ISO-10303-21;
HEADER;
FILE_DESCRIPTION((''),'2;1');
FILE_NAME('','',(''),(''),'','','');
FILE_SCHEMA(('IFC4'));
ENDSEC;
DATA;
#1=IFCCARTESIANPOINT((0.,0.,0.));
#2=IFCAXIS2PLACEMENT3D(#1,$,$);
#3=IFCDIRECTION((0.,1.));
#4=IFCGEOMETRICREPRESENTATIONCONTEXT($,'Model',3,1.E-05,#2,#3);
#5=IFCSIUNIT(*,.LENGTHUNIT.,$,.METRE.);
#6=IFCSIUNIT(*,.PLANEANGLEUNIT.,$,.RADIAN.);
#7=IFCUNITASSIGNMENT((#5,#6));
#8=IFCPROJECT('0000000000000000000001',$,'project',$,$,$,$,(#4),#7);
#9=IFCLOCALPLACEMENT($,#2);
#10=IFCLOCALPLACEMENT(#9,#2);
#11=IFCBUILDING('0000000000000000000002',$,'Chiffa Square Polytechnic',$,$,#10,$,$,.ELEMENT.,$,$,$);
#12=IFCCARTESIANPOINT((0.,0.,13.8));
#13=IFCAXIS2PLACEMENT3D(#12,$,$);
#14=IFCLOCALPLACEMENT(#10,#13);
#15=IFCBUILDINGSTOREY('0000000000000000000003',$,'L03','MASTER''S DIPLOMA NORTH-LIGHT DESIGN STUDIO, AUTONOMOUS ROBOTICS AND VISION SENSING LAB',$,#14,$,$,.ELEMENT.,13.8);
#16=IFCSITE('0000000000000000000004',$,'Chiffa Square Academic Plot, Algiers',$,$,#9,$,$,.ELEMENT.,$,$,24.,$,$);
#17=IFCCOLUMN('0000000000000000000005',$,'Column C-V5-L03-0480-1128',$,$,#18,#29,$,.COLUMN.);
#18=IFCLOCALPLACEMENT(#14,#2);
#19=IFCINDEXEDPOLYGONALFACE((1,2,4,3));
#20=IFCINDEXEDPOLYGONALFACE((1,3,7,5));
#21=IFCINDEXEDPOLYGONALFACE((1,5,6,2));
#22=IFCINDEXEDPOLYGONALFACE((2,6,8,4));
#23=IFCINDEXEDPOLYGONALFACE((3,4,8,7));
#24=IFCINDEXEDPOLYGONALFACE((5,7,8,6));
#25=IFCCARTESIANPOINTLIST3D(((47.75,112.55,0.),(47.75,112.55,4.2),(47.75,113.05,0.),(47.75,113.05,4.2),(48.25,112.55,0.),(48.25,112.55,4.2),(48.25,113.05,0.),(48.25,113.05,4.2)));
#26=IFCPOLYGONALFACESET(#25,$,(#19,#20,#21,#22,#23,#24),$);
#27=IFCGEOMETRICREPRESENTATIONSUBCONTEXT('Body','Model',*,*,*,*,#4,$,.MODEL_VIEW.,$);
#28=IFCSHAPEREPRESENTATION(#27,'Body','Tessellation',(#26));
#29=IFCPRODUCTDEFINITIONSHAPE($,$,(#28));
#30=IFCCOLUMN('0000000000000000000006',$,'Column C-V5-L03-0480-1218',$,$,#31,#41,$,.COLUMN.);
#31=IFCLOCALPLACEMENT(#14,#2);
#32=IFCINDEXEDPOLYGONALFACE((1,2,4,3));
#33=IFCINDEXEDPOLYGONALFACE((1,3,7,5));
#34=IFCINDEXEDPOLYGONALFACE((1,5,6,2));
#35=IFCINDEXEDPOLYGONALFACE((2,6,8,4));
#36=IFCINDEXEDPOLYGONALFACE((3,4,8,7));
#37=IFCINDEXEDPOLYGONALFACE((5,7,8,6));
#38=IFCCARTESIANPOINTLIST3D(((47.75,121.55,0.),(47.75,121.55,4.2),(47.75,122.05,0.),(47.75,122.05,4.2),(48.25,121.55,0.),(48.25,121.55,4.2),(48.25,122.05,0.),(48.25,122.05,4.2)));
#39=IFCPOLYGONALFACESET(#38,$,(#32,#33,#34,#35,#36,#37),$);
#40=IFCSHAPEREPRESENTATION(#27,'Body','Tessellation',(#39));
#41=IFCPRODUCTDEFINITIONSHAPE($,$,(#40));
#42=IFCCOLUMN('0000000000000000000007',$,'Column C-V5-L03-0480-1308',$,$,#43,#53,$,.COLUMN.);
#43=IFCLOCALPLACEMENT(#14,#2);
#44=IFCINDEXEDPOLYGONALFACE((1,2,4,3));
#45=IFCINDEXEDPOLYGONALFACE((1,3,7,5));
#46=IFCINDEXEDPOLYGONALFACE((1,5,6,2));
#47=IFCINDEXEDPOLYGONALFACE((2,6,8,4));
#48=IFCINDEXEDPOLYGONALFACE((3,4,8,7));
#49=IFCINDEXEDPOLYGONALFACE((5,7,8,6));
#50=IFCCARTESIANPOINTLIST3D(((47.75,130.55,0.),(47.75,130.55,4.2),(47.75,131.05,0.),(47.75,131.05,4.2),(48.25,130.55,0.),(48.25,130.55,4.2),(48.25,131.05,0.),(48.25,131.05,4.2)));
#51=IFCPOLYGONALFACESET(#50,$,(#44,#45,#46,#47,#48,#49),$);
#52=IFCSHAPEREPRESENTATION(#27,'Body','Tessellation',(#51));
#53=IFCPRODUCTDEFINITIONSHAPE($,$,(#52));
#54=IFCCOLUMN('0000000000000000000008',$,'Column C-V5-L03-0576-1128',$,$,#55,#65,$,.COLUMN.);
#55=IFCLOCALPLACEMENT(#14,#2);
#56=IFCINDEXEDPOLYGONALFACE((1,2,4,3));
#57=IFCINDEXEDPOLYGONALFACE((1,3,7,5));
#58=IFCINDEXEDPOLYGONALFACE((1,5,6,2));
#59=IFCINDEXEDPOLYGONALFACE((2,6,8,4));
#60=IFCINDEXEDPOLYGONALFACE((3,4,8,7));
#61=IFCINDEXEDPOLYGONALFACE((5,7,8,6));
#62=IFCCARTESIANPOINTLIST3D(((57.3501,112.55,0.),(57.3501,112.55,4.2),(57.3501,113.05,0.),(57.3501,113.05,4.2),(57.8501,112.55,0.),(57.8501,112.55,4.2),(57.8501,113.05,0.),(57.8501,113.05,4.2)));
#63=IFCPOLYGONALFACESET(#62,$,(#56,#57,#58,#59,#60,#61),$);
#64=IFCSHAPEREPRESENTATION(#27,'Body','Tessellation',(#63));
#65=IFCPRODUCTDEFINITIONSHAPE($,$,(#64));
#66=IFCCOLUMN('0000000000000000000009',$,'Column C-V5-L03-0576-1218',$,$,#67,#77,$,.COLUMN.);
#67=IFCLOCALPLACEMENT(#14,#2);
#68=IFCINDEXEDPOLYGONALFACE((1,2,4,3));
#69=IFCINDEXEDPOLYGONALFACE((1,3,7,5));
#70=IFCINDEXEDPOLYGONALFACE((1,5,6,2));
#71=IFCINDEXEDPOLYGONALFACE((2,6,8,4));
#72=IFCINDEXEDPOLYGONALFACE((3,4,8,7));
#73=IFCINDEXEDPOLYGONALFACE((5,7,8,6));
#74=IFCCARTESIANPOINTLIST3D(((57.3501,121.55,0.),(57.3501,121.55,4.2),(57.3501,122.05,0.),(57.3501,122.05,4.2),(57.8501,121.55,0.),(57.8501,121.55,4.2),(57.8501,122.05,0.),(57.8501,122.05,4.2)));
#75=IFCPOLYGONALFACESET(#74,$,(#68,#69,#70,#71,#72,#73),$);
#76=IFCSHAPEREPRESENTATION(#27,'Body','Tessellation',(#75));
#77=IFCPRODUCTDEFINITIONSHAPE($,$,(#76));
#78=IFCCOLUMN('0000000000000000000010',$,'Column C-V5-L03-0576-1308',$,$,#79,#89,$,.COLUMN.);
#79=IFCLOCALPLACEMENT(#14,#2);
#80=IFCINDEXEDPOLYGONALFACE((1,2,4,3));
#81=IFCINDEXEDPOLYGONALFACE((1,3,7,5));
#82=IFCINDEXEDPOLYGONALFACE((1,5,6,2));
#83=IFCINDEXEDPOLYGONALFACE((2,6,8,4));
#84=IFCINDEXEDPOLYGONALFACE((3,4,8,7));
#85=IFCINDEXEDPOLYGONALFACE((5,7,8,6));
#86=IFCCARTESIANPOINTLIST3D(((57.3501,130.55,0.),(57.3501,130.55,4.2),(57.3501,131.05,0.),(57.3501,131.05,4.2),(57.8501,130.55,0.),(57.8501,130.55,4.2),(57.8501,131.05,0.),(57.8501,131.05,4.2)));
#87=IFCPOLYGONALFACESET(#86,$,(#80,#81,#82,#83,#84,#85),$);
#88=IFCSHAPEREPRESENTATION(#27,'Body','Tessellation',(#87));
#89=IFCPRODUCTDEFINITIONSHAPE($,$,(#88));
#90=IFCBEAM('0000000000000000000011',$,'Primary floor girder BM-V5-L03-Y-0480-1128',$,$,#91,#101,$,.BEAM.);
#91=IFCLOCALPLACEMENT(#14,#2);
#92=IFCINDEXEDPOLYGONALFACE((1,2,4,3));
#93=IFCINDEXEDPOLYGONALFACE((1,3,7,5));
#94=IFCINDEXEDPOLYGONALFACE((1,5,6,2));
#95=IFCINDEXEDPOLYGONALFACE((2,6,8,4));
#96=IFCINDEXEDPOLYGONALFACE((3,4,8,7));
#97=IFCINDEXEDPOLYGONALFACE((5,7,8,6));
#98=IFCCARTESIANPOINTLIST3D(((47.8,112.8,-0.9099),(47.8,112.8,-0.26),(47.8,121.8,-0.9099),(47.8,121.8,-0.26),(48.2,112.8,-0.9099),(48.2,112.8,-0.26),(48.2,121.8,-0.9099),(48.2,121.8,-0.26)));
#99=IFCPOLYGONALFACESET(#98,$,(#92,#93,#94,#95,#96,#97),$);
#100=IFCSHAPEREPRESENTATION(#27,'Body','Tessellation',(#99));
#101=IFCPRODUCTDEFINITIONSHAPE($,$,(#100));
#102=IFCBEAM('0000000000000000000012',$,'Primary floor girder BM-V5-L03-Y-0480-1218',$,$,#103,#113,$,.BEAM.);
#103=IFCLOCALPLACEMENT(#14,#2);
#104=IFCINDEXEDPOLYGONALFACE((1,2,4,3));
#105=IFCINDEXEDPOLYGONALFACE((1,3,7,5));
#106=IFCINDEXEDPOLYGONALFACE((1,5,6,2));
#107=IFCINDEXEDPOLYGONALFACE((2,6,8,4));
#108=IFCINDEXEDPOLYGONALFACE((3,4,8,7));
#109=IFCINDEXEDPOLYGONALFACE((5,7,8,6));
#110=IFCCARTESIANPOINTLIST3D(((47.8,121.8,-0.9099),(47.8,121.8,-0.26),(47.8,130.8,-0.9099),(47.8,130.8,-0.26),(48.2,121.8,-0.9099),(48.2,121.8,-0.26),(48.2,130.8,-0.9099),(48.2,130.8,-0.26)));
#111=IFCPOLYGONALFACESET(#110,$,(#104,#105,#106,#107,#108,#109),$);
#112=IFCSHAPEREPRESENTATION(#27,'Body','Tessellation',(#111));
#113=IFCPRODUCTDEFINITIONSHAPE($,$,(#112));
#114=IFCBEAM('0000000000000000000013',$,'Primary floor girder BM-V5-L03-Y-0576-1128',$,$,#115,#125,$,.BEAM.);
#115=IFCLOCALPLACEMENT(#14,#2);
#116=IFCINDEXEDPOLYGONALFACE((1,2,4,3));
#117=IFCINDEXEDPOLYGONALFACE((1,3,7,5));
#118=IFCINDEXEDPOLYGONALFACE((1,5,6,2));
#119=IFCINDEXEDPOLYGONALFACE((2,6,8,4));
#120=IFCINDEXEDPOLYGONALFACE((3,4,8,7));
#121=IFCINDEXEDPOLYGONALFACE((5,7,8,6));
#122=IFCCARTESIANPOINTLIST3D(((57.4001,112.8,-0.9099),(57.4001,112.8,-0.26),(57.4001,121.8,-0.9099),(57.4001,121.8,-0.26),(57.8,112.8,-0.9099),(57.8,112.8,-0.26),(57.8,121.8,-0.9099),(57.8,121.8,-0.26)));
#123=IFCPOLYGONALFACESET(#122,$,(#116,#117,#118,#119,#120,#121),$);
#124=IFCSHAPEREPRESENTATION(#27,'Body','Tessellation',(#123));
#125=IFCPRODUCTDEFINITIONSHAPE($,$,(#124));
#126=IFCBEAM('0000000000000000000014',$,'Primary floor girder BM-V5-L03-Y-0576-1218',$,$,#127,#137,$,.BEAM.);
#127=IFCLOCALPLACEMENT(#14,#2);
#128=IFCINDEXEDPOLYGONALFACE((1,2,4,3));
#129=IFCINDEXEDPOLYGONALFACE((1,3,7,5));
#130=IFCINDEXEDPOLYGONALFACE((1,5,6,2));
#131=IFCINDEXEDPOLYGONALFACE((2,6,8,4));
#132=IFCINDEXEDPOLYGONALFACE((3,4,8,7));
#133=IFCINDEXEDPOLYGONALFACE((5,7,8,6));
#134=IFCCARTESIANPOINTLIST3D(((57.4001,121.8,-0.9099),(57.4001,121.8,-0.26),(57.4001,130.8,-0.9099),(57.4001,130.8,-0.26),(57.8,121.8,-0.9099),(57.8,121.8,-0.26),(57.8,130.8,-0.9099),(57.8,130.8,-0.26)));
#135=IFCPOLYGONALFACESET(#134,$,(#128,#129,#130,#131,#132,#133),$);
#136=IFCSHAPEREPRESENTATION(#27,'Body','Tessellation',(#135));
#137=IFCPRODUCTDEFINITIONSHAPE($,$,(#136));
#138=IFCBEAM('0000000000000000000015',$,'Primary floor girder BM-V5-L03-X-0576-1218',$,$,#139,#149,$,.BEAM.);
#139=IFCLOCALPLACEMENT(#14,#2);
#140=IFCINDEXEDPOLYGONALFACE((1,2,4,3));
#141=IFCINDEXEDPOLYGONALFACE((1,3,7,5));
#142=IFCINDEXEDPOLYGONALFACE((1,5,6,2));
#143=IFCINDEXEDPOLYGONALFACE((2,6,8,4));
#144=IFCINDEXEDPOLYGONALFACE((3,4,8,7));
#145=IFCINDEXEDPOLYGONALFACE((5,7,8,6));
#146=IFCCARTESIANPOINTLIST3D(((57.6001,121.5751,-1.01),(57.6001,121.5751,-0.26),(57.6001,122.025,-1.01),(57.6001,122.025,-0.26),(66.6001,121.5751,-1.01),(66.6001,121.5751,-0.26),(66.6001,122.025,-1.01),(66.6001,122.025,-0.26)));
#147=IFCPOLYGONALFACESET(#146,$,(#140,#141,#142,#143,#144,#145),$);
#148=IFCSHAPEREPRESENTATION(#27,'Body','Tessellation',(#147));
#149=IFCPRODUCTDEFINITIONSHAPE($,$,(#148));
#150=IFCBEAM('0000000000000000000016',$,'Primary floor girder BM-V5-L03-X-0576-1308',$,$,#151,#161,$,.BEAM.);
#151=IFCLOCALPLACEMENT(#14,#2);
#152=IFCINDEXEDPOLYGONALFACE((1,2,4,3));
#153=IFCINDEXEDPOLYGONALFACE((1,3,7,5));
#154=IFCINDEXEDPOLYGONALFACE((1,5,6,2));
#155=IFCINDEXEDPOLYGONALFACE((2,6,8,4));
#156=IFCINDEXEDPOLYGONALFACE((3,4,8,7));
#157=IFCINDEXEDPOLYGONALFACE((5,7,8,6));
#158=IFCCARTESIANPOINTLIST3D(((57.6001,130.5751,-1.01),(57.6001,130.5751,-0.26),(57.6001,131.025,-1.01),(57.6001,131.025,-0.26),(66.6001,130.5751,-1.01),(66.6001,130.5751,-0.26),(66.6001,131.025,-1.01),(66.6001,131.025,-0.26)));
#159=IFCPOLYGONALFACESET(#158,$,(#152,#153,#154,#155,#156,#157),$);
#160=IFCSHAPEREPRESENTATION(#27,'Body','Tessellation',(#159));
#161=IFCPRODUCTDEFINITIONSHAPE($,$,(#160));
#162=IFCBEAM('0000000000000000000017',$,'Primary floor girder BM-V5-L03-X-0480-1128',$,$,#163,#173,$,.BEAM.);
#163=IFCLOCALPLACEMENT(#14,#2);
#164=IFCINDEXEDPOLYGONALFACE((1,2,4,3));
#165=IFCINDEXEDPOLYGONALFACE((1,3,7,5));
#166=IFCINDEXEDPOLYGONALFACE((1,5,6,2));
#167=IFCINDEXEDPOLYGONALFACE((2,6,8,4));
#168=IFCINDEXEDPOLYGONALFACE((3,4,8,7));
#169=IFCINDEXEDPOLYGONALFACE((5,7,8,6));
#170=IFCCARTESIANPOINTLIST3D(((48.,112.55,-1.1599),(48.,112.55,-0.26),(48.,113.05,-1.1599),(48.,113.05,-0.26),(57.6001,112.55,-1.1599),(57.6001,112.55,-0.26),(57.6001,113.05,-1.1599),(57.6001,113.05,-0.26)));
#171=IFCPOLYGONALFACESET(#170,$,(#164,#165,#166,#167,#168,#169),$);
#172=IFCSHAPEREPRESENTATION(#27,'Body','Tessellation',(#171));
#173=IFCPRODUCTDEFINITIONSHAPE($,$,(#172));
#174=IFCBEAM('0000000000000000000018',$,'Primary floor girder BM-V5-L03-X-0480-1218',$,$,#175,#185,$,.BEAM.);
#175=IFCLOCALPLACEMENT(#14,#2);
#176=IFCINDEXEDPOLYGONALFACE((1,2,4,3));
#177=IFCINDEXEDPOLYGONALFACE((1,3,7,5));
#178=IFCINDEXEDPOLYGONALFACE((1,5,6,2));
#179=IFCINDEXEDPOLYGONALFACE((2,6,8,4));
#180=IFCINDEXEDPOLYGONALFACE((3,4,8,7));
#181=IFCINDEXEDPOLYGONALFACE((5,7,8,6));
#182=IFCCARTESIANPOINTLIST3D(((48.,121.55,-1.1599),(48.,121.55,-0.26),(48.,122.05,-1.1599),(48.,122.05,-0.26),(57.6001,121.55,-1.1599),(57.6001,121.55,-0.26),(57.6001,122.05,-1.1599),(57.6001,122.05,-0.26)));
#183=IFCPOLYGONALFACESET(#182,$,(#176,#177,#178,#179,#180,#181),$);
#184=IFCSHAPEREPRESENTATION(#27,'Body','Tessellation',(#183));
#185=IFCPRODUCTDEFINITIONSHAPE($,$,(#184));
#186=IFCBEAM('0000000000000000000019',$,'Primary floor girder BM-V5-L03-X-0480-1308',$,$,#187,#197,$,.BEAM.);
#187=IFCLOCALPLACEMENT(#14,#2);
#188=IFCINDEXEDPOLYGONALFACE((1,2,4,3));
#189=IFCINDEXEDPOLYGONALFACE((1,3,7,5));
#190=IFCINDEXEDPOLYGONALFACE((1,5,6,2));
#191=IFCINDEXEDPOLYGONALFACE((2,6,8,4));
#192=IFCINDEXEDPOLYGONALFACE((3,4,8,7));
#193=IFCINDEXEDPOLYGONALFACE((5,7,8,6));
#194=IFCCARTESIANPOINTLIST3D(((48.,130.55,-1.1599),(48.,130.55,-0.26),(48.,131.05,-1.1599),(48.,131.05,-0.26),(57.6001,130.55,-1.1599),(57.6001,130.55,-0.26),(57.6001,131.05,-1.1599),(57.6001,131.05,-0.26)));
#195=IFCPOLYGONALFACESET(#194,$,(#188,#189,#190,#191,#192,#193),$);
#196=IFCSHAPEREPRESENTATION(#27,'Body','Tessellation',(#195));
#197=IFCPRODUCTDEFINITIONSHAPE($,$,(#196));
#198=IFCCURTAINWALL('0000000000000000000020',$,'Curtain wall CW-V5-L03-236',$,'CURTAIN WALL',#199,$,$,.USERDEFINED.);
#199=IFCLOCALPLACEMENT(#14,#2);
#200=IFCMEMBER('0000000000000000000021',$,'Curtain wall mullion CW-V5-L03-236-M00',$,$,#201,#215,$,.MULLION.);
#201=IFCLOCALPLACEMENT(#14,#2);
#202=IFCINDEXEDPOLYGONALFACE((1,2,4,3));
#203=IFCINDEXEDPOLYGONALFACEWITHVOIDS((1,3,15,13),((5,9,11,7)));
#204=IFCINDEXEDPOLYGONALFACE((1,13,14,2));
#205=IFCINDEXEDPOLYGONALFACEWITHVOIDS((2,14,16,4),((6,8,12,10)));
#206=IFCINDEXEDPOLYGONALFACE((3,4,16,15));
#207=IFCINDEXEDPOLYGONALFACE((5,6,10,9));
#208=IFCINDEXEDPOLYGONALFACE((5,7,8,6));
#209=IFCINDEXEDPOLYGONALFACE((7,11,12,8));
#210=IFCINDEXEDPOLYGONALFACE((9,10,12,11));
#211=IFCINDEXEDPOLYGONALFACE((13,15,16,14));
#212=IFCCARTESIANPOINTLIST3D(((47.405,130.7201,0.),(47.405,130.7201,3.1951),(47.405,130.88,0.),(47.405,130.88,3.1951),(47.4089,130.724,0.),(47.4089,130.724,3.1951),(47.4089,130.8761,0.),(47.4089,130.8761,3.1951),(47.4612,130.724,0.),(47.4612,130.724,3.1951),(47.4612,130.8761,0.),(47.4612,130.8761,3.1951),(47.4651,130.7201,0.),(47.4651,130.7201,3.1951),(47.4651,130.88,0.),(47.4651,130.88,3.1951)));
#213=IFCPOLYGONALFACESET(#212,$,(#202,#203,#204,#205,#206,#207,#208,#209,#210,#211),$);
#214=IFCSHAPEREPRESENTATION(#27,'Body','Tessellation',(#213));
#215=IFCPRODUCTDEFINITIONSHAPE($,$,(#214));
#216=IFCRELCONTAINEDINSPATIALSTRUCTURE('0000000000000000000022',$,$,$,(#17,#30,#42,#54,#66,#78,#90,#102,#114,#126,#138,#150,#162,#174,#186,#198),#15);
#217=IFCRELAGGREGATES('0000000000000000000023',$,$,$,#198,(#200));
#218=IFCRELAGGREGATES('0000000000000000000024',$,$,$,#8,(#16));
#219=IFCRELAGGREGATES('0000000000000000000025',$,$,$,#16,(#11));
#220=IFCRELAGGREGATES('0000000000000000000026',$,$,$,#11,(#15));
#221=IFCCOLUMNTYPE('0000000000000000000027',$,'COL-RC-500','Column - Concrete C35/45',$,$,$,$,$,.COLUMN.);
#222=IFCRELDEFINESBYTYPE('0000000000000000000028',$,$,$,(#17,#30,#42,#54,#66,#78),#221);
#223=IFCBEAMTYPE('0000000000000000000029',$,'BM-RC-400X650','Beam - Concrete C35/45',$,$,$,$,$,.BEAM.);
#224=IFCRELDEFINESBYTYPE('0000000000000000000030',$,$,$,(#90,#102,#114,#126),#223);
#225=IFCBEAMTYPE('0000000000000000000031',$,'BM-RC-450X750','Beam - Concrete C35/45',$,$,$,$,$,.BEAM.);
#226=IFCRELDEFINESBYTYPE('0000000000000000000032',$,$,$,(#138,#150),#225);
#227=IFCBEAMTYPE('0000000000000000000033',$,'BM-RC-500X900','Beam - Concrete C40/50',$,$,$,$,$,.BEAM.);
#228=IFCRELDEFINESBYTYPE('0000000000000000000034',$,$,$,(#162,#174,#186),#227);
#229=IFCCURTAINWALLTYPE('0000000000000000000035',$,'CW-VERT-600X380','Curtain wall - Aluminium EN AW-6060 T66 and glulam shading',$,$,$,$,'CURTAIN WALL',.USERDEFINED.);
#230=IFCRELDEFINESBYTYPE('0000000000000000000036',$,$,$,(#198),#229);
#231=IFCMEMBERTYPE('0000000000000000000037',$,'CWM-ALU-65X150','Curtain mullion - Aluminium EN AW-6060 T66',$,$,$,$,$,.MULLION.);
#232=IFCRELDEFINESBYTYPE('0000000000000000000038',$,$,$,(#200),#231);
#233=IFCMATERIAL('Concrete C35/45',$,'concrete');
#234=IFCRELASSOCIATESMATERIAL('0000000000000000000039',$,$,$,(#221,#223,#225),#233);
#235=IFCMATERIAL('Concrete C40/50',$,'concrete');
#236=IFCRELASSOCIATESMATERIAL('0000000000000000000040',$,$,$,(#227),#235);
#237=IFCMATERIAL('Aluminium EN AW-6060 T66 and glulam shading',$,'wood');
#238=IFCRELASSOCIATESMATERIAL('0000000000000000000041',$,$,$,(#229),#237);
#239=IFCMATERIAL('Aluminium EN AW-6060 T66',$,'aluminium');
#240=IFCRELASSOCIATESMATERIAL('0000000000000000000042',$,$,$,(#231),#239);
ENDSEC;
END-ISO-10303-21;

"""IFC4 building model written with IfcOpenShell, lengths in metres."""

from ifc_helpers import new_model, si_unit, direction, frame, origin, origin_2d, place, context, subcontext, project, spatial, rectangle, hollow_rectangle, extrude, material, material_profile, profile_set, type_object, element, aggregate, save


model = new_model("IFC4")

# Units and contexts
model_context = context("Model", 3, precision=1e-05, world=origin(), true_north=direction((0.0, 1.0)))
body_context = subcontext(model_context, "Body", "Model", "MODEL_VIEW")
ifc_project = project(units=[si_unit("LENGTHUNIT", "METRE"), si_unit("PLANEANGLEUNIT", "RADIAN")], contexts=[model_context])

# Site, building, storey
site_placement = place(None, origin())
site = spatial("IfcSite", under=ifc_project, at=site_placement, Name="Chiffa Square Academic Plot, Algiers", CompositionType="ELEMENT", RefElevation=24.0)
building_placement = place(site_placement, origin())
building = spatial("IfcBuilding", under=site, at=building_placement, Name="Chiffa Square Polytechnic", CompositionType="ELEMENT")
storey_placement = place(building_placement, frame((0.0, 0.0, 13.8)))
storey = spatial("IfcBuildingStorey", under=building, at=storey_placement, Name="L03", Description="MASTER'S DIPLOMA NORTH-LIGHT DESIGN STUDIO, AUTONOMOUS ROBOTICS AND VISION SENSING LAB", CompositionType="ELEMENT", Elevation=13.8)

# Columns
ifc_material_1 = material(Name="Concrete C35/45", Category="concrete")
ifc_material_profile_1 = material_profile(ifc_material_1, rectangle(XDim=0.5, YDim=0.5, at=origin_2d()), Name="RC 500x500")
ifc_profile_set_1 = profile_set([ifc_material_profile_1], Name="Concrete C35/45")
column_type = type_object("IfcColumnType", Name="COL-RC-500", Description="Column - Concrete C35/45", PredefinedType="COLUMN", material=ifc_profile_set_1)
for number, where, z_axis, x_axis, name in (
    (1, (48.0, 112.8, 0.0), (0.0, 0.0, 1.0), (1.0, 0.0, 0.0), "Column C-V5-L03-0480-1128"),
    (2, (48.0, 121.8, 0.0), (0.0, 0.0, 1.0), (1.0, 0.0, 0.0), "Column C-V5-L03-0480-1218"),
    (3, (48.0, 130.8, 0.0), (0.0, 0.0, 1.0), (1.0, 0.0, 0.0), "Column C-V5-L03-0480-1308"),
    (4, (57.6001, 112.8, 0.0), (0.0, 0.0, 1.0), (1.0, 0.0, 0.0), "Column C-V5-L03-0576-1128"),
    (5, (57.6001, 121.8, 0.0), (0.0, 0.0, 1.0), (1.0, 0.0, 0.0), "Column C-V5-L03-0576-1218"),
    (6, (57.6001, 130.8, 0.0), (0.0, 0.0, 1.0), (1.0, 0.0, 0.0), "Column C-V5-L03-0576-1308"),
):
    element("IfcColumn", number, at=place(storey_placement, frame(where, z_axis=z_axis, x_axis=x_axis)), inside=storey, type_object=column_type, Name=name, PredefinedType="COLUMN", context=body_context, shape_type="SweptSolid", body=[
        extrude(rectangle(XDim=0.5, YDim=0.5, at=origin_2d()), origin(), (0.0, 0.0, 1.0), 4.2),
    ])

# Beams
ifc_material_profile_2 = material_profile(ifc_material_1, rectangle(XDim=0.3999, YDim=0.6499, at=origin_2d()), Name="RC 400x650")
ifc_profile_set_2 = profile_set([ifc_material_profile_2], Name="Concrete C35/45")
beam_type_1 = type_object("IfcBeamType", Name="BM-RC-400X650", Description="Beam - Concrete C35/45", PredefinedType="BEAM", material=ifc_profile_set_2)
for number, where, z_axis, x_axis, name in (
    (7, (48.0, 112.8, -0.585), (0.0, 1.0, 0.0), (-1.0, 0.0, 0.0), "Primary floor girder BM-V5-L03-Y-0480-1128"),
    (8, (48.0, 121.8, -0.585), (0.0, 1.0, 0.0), (-1.0, 0.0, 0.0), "Primary floor girder BM-V5-L03-Y-0480-1218"),
    (9, (57.6001, 112.8, -0.585), (0.0, 1.0, 0.0), (-1.0, 0.0, 0.0), "Primary floor girder BM-V5-L03-Y-0576-1128"),
    (10, (57.6001, 121.8, -0.585), (0.0, 1.0, 0.0), (-1.0, 0.0, 0.0), "Primary floor girder BM-V5-L03-Y-0576-1218"),
):
    element("IfcBeam", number, at=place(storey_placement, frame(where, z_axis=z_axis, x_axis=x_axis)), inside=storey, type_object=beam_type_1, Name=name, PredefinedType="BEAM", context=body_context, shape_type="SweptSolid", body=[
        extrude(rectangle(XDim=0.3999, YDim=0.6499, at=origin_2d()), origin(), (0.0, 0.0, 1.0), 9.0),
    ])
ifc_material_profile_3 = material_profile(ifc_material_1, rectangle(XDim=0.45, YDim=0.75, at=origin_2d()), Name="RC 450x750")
ifc_profile_set_3 = profile_set([ifc_material_profile_3], Name="Concrete C35/45")
beam_type_2 = type_object("IfcBeamType", Name="BM-RC-450X750", Description="Beam - Concrete C35/45", PredefinedType="BEAM", material=ifc_profile_set_3)
for number, where, z_axis, x_axis, name in (
    (11, (57.6001, 121.8, -0.635), (1.0, 0.0, 0.0), (0.0, 1.0, 0.0), "Primary floor girder BM-V5-L03-X-0576-1218"),
    (12, (57.6001, 130.8, -0.635), (1.0, 0.0, 0.0), (0.0, 1.0, 0.0), "Primary floor girder BM-V5-L03-X-0576-1308"),
):
    element("IfcBeam", number, at=place(storey_placement, frame(where, z_axis=z_axis, x_axis=x_axis)), inside=storey, type_object=beam_type_2, Name=name, PredefinedType="BEAM", context=body_context, shape_type="SweptSolid", body=[
        extrude(rectangle(XDim=0.45, YDim=0.75, at=origin_2d()), origin(), (0.0, 0.0, 1.0), 9.0),
    ])
ifc_material_2 = material(Name="Concrete C40/50", Category="concrete")
ifc_material_profile_4 = material_profile(ifc_material_2, rectangle(XDim=0.5, YDim=0.8999, at=origin_2d()), Name="RC 500x900")
ifc_profile_set_4 = profile_set([ifc_material_profile_4], Name="Concrete C40/50")
beam_type_3 = type_object("IfcBeamType", Name="BM-RC-500X900", Description="Beam - Concrete C40/50", PredefinedType="BEAM", material=ifc_profile_set_4)
for number, where, z_axis, x_axis, name in (
    (13, (48.0, 112.8, -0.71), (1.0, 0.0, 0.0), (0.0, 1.0, 0.0), "Primary floor girder BM-V5-L03-X-0480-1128"),
    (14, (48.0, 121.8, -0.71), (1.0, 0.0, 0.0), (0.0, 1.0, 0.0), "Primary floor girder BM-V5-L03-X-0480-1218"),
    (15, (48.0, 130.8, -0.71), (1.0, 0.0, 0.0), (0.0, 1.0, 0.0), "Primary floor girder BM-V5-L03-X-0480-1308"),
):
    element("IfcBeam", number, at=place(storey_placement, frame(where, z_axis=z_axis, x_axis=x_axis)), inside=storey, type_object=beam_type_3, Name=name, PredefinedType="BEAM", context=body_context, shape_type="SweptSolid", body=[
        extrude(rectangle(XDim=0.5, YDim=0.8999, at=origin_2d()), origin(), (0.0, 0.0, 1.0), 9.6001),
    ])

# Curtain wall, member
ifc_material_3 = material(Name="Aluminium EN AW-6060 T66 and glulam shading", Category="wood")
curtain_wall_type = type_object("IfcCurtainWallType", Name="CW-VERT-600X380", Description="Curtain wall - Aluminium EN AW-6060 T66 and glulam shading", ElementType="CURTAIN WALL", PredefinedType="USERDEFINED", material=ifc_material_3)
curtain_wall_placement = place(storey_placement, origin())
curtain_wall = element("IfcCurtainWall", 16, at=curtain_wall_placement, inside=storey, type_object=curtain_wall_type, Name="Curtain wall CW-V5-L03-236", ObjectType="CURTAIN WALL", PredefinedType="USERDEFINED")
ifc_material_4 = material(Name="Aluminium EN AW-6060 T66", Category="aluminium")
ifc_material_profile_5 = material_profile(ifc_material_4, hollow_rectangle(XDim=0.0601, YDim=0.1599, WallThickness=0.0039, at=origin_2d()), Name="ALU 60x160x4")
ifc_profile_set_5 = profile_set([ifc_material_profile_5], Name="Aluminium EN AW-6060 T66")
member_type_1 = type_object("IfcMemberType", Name="CWM-ALU-65X150", Description="Curtain mullion - Aluminium EN AW-6060 T66", PredefinedType="MULLION", material=ifc_profile_set_5)
member_1_placement = place(storey_placement, frame((47.4351, 130.8, 0.0), z_axis=(0.0, 0.0, 1.0), x_axis=(1.0, 0.0, 0.0)))
member_1 = element("IfcMember", 17, at=member_1_placement, type_object=member_type_1, Name="Curtain wall mullion CW-V5-L03-236-M00", PredefinedType="MULLION", context=body_context, shape_type="SweptSolid", body=[
    extrude(hollow_rectangle(XDim=0.0601, YDim=0.1599, WallThickness=0.0039, at=origin_2d()), origin(), (0.0, 0.0, 1.0), 3.1951),
])

aggregate(curtain_wall, [member_1])

save(model, "model.ifc")
